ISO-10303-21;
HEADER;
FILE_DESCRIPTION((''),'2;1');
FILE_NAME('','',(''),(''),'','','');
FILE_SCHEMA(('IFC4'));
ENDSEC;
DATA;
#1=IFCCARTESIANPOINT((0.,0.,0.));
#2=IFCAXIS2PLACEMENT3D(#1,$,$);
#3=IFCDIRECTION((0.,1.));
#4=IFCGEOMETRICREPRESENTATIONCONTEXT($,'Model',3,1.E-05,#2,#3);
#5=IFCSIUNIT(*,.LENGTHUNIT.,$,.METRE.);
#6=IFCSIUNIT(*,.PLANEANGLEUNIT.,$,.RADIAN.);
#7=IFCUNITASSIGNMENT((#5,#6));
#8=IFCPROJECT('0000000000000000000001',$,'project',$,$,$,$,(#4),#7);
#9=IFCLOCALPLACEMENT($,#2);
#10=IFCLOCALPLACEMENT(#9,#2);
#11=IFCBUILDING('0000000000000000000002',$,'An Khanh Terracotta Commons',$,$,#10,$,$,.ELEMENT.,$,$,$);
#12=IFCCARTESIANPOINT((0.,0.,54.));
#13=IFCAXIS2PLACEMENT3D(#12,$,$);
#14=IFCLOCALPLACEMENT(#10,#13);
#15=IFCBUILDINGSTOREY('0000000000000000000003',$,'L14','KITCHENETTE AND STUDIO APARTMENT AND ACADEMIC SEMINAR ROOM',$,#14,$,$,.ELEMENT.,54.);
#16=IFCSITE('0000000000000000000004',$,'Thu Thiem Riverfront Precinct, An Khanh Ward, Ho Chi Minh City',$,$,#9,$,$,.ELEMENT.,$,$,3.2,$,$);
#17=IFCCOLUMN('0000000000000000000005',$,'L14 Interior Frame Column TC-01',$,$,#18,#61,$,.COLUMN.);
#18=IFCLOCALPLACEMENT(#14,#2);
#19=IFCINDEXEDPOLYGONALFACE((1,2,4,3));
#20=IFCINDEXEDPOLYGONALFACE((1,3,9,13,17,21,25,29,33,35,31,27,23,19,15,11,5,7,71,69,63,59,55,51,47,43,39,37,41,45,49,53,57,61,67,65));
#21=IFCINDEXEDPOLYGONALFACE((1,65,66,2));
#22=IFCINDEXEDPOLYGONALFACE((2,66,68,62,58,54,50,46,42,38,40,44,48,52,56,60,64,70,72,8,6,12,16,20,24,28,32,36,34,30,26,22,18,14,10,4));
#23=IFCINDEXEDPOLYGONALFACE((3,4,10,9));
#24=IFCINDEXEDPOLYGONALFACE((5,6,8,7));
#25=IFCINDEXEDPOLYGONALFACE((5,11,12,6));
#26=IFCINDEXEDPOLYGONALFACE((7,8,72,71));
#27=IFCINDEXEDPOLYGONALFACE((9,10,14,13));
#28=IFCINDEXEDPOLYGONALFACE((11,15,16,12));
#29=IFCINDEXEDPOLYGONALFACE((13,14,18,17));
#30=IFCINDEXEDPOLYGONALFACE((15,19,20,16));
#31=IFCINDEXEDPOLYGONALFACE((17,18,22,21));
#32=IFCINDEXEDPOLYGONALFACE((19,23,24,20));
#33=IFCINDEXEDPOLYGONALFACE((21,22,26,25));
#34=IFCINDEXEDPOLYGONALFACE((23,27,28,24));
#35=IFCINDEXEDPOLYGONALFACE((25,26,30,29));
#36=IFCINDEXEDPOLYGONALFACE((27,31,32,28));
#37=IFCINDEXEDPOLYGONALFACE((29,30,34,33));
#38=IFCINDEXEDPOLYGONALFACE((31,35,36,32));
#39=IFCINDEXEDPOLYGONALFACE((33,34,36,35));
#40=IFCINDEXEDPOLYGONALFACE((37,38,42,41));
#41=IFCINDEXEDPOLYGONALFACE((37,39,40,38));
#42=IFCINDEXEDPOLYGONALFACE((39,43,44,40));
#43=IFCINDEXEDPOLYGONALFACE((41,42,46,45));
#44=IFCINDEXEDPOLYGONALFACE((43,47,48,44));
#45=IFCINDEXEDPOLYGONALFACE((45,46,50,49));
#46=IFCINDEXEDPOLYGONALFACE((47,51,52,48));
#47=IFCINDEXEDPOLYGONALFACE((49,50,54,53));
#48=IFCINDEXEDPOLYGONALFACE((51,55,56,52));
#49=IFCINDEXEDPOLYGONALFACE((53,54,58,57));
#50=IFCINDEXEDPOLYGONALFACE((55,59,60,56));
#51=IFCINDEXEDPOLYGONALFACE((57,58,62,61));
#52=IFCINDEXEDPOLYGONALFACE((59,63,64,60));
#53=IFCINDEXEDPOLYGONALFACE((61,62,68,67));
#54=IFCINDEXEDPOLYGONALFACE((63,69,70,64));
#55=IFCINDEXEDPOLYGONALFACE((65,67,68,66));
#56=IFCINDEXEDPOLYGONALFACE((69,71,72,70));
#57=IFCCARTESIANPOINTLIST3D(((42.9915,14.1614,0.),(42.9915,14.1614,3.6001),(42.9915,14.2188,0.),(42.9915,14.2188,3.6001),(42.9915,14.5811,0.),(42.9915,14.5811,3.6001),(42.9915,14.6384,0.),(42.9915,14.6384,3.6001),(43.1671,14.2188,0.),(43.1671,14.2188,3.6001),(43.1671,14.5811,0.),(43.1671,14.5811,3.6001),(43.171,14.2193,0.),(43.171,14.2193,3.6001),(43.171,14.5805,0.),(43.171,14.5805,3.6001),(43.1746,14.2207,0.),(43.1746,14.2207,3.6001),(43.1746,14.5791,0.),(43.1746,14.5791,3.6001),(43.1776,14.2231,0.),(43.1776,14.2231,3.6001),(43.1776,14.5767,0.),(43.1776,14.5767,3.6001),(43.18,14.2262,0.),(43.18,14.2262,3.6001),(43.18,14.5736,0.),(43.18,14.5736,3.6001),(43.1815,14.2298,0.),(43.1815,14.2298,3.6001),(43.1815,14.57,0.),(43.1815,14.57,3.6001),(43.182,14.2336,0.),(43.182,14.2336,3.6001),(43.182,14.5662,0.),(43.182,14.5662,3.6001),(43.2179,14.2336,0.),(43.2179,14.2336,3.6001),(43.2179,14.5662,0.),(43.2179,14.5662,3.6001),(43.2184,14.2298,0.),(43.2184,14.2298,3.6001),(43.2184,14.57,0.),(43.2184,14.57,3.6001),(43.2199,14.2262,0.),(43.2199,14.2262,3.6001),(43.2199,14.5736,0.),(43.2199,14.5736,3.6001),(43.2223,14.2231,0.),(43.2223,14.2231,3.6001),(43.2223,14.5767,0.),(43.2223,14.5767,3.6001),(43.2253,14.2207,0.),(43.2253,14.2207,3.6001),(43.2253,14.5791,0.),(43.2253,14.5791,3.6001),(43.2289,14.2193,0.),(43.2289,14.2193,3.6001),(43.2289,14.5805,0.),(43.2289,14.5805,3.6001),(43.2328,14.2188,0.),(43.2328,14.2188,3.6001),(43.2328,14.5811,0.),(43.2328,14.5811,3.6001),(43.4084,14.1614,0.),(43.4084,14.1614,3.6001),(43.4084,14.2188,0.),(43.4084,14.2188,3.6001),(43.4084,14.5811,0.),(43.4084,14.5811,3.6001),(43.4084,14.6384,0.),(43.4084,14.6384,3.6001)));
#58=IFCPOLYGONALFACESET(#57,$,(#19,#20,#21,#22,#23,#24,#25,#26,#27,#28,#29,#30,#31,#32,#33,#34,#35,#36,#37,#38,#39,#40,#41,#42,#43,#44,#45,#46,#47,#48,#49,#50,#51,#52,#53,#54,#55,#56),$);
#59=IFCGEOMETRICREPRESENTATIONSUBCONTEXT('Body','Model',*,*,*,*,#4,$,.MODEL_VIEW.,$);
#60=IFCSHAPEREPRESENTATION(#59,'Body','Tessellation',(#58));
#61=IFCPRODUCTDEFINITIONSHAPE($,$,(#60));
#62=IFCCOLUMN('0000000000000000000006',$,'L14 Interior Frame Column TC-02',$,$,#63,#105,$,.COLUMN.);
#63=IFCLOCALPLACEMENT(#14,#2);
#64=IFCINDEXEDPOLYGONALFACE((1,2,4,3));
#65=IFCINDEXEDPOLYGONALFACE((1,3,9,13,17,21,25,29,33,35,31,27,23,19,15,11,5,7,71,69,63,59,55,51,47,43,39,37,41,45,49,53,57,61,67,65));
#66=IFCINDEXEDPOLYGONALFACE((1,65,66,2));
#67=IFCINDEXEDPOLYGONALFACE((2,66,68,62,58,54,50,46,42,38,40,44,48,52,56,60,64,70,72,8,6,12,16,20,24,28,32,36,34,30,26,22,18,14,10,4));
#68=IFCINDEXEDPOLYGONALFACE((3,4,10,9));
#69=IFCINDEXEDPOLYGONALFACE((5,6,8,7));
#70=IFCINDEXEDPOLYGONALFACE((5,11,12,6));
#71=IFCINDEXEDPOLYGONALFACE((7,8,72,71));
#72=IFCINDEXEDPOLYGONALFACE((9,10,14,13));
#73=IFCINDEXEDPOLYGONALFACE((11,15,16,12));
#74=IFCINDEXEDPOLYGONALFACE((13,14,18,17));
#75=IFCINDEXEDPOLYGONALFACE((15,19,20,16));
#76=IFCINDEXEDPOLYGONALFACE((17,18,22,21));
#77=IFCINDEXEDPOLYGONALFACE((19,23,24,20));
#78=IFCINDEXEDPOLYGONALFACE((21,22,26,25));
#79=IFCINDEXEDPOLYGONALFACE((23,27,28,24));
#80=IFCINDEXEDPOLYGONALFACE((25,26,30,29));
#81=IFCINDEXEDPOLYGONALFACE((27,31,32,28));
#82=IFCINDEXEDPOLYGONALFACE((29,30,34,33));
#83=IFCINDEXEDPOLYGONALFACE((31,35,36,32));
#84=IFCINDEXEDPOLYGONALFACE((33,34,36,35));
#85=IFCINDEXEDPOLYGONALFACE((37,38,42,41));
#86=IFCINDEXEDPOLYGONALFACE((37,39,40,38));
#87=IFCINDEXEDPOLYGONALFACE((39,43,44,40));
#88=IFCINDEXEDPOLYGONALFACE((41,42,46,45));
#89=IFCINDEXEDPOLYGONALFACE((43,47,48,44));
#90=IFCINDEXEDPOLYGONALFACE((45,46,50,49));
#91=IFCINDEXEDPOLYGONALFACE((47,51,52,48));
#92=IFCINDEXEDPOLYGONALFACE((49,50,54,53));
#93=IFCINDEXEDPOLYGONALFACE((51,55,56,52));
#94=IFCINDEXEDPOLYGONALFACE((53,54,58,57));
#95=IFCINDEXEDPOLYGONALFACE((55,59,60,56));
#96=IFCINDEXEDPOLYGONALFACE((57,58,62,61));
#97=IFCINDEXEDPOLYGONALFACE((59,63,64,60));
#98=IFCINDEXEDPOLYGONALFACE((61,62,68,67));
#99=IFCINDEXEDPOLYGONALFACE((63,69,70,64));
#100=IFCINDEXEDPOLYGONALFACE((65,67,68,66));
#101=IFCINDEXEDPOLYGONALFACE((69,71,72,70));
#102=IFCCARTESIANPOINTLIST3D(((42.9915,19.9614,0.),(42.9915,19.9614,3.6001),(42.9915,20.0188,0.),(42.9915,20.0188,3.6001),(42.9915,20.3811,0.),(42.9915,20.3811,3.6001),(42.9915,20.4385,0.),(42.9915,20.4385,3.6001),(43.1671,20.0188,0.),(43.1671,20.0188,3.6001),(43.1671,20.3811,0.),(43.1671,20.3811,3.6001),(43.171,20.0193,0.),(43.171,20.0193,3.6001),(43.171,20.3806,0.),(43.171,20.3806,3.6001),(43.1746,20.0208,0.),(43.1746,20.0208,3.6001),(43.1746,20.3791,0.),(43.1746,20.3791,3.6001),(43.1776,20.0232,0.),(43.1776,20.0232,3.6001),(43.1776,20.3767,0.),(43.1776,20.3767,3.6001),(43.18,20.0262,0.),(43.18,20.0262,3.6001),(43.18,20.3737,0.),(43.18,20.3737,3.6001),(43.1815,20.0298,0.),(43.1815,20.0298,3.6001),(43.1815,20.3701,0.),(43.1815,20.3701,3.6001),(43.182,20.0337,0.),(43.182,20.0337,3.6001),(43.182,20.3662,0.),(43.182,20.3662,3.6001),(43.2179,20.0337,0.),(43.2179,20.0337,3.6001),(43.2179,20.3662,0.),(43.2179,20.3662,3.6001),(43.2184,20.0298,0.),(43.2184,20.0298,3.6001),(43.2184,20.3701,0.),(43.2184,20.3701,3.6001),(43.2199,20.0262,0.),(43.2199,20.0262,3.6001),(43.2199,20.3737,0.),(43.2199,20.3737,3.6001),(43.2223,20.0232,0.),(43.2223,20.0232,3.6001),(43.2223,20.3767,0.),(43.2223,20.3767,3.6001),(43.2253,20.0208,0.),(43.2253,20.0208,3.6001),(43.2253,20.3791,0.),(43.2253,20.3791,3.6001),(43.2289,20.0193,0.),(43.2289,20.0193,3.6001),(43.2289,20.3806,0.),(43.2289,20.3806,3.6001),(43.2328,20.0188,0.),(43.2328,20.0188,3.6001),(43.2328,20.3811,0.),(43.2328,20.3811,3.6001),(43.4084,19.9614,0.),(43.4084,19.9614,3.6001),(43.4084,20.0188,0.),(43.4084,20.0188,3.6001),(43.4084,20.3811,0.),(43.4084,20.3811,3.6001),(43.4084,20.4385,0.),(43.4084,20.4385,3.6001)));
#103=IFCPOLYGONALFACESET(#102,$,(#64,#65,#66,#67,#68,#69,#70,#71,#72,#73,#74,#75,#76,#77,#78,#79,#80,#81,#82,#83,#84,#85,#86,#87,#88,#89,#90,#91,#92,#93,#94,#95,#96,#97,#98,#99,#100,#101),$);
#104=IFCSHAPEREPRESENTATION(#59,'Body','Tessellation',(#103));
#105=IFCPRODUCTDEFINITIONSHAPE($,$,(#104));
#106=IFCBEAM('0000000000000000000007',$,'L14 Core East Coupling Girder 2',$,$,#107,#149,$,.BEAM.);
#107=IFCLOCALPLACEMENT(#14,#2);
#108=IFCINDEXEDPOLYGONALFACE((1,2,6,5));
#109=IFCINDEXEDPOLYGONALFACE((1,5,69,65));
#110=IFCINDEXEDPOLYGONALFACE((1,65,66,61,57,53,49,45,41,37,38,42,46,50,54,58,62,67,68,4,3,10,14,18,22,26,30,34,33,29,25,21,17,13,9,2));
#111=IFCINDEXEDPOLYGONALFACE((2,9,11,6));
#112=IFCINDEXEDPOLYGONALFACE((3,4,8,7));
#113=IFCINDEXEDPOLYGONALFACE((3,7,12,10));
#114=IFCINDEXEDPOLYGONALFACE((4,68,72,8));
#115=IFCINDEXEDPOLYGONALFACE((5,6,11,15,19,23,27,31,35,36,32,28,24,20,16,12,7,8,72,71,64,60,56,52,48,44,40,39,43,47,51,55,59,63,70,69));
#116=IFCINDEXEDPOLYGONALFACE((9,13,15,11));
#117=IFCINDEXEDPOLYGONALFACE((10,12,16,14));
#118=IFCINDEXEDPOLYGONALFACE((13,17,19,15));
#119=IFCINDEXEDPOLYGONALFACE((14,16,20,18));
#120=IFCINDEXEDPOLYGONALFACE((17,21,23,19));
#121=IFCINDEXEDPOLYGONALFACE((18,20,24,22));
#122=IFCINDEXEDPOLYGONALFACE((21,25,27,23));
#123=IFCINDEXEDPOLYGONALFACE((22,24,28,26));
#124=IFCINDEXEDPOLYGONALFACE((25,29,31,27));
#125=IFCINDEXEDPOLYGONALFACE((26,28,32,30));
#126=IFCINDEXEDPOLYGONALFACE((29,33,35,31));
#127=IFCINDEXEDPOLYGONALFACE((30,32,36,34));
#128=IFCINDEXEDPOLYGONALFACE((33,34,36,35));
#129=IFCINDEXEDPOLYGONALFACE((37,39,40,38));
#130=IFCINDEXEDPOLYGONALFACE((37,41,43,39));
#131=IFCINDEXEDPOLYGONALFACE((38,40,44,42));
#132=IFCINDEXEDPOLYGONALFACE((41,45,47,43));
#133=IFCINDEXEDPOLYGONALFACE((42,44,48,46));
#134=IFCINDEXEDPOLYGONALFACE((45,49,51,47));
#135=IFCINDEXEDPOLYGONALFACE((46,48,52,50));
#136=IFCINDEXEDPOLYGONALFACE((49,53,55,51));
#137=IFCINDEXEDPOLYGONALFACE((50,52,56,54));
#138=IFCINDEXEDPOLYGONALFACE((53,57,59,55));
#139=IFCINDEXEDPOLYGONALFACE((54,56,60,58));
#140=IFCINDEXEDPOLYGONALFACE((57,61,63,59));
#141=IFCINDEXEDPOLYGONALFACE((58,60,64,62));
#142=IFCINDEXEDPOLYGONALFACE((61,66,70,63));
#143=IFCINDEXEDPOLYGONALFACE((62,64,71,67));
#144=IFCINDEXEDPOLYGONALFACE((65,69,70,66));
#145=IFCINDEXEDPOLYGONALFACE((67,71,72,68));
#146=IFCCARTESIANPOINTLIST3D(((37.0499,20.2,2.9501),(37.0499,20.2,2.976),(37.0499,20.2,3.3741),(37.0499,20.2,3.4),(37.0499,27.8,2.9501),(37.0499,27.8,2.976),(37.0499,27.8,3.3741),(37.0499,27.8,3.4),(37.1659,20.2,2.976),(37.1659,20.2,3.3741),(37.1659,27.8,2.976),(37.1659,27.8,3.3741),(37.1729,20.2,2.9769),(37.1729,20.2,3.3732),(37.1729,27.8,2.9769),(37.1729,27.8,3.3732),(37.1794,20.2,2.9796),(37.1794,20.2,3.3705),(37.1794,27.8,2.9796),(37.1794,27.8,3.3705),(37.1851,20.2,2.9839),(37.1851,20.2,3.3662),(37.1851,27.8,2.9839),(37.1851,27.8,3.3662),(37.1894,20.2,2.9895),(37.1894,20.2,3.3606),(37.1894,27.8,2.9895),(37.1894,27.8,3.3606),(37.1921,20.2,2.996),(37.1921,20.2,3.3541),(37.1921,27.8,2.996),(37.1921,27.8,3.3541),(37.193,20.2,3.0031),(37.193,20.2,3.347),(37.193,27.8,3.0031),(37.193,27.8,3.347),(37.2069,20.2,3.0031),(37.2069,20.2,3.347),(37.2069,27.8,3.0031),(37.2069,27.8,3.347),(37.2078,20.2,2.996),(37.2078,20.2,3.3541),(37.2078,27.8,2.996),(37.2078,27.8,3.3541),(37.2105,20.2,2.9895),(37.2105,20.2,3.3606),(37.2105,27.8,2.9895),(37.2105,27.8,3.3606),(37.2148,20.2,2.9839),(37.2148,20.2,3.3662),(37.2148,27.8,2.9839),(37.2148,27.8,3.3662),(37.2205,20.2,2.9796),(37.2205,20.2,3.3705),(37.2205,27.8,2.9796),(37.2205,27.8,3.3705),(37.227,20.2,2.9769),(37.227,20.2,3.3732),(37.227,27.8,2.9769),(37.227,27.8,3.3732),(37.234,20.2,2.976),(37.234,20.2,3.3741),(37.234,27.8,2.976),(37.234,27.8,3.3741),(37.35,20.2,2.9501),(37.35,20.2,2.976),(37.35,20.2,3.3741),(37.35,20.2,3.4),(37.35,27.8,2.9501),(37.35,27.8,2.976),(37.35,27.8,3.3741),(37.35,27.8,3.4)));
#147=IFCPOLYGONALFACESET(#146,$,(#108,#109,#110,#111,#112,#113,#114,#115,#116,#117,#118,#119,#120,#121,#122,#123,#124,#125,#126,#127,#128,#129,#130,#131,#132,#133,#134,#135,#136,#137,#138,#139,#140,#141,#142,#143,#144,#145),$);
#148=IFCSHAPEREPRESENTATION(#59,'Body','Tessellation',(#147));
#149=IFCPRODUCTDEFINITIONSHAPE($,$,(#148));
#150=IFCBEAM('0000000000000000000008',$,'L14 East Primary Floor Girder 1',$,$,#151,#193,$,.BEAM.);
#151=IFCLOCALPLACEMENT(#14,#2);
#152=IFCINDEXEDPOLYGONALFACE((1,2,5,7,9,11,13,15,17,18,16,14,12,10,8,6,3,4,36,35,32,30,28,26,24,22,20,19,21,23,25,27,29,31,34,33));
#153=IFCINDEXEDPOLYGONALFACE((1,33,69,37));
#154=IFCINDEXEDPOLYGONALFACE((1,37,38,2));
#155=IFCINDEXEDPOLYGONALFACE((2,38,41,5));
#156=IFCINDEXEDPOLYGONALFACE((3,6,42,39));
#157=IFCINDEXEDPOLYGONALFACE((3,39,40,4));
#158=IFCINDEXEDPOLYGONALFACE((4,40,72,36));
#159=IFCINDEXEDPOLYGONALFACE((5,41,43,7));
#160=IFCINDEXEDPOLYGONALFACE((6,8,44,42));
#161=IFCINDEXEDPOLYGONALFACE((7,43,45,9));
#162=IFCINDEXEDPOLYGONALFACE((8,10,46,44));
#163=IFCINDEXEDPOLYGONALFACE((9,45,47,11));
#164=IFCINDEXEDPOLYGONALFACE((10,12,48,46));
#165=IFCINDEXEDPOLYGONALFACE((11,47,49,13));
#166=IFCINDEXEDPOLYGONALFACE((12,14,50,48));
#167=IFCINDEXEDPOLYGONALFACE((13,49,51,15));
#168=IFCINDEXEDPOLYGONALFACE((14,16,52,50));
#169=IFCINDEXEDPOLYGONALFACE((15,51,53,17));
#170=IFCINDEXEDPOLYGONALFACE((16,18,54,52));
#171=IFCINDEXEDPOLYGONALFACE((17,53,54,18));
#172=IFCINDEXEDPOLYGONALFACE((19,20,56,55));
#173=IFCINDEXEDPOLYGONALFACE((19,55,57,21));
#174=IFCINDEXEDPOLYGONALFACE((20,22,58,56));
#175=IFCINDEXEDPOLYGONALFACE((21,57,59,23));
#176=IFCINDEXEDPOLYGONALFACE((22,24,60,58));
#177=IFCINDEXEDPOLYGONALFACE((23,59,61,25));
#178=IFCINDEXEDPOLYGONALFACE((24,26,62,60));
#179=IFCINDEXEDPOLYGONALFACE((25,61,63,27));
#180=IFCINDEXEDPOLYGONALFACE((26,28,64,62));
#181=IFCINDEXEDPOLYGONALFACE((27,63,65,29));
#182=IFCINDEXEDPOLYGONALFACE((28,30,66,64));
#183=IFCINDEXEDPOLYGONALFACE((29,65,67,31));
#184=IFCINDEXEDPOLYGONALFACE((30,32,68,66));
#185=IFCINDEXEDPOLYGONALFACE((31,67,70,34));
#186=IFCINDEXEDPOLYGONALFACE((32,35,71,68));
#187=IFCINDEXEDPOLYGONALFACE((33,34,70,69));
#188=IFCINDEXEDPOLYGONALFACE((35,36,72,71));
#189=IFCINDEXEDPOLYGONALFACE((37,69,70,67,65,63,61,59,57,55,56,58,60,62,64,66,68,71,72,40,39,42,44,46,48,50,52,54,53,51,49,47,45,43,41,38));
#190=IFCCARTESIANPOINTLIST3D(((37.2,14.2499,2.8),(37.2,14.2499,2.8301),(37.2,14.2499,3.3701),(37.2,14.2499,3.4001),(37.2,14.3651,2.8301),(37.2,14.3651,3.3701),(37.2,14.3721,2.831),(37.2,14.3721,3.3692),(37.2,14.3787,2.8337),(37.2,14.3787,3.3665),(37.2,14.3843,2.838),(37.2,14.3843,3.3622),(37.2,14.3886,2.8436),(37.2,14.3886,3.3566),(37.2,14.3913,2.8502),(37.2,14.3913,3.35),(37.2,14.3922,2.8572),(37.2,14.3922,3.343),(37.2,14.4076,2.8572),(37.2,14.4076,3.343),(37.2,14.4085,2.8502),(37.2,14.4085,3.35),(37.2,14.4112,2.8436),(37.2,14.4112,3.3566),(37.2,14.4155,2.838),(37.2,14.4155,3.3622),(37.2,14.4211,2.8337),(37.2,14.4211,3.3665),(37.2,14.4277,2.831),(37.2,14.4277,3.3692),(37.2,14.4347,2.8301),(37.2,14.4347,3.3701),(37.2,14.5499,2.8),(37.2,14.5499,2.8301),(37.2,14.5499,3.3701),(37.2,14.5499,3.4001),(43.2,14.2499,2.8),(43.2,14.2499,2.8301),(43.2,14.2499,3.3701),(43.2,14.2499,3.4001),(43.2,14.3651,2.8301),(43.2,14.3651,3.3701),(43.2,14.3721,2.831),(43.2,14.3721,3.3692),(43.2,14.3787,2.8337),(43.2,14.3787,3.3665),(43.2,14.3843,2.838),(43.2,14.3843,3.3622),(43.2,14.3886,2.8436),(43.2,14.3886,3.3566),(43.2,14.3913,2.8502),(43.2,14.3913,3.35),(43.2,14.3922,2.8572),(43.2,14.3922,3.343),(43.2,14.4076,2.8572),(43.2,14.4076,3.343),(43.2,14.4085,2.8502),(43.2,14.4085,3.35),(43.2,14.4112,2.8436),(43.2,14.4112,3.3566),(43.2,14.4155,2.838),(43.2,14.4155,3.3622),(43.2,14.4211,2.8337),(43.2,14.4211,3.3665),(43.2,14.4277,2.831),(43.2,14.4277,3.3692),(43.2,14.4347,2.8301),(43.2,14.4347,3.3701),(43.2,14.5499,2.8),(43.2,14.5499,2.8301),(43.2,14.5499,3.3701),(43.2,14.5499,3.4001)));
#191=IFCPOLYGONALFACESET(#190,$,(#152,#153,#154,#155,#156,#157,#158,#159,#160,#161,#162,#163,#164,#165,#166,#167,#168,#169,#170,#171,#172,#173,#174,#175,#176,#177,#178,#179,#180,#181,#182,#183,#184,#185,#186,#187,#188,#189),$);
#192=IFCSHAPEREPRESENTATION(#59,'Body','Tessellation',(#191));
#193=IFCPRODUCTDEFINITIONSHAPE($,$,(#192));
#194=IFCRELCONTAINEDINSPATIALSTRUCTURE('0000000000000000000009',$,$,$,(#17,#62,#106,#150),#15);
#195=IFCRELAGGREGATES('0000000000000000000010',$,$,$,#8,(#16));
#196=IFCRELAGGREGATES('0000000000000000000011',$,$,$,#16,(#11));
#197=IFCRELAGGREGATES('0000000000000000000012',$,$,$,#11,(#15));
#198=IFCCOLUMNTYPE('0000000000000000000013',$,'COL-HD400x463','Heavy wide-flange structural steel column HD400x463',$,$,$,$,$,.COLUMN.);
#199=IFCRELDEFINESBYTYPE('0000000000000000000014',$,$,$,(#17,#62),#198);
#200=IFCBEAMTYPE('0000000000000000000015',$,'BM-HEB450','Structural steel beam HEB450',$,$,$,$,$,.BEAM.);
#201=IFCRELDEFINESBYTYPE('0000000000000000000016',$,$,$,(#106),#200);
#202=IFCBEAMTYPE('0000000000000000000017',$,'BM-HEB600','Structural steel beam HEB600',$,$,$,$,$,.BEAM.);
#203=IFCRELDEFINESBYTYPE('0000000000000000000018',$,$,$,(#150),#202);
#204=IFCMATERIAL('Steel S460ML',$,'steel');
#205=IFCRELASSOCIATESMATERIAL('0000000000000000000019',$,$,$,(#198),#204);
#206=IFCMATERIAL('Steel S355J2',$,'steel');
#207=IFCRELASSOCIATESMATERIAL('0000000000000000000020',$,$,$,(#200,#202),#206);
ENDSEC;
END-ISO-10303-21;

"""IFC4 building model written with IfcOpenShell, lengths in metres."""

from ifc_helpers import new_model, si_unit, direction, frame, origin, origin_2d, place, context, subcontext, project, spatial, i_section, extrude, material, material_profile, profile_set, type_object, element, save


model = new_model("IFC4")

# Units and contexts
model_context = context("Model", 3, precision=1e-05, world=origin(), true_north=direction((0.0, 1.0)))
body_context = subcontext(model_context, "Body", "Model", "MODEL_VIEW")
ifc_project = project(units=[si_unit("LENGTHUNIT", "METRE"), si_unit("PLANEANGLEUNIT", "RADIAN")], contexts=[model_context])

# Site, building, storey
site_placement = place(None, origin())
site = spatial("IfcSite", under=ifc_project, at=site_placement, Name="Thu Thiem Riverfront Precinct, An Khanh Ward, Ho Chi Minh City", CompositionType="ELEMENT", RefElevation=3.2)
building_placement = place(site_placement, origin())
building = spatial("IfcBuilding", under=site, at=building_placement, Name="An Khanh Terracotta Commons", CompositionType="ELEMENT")
storey_placement = place(building_placement, frame((0.0, 0.0, 54.0)))
storey = spatial("IfcBuildingStorey", under=building, at=storey_placement, Name="L14", Description="KITCHENETTE AND STUDIO APARTMENT AND ACADEMIC SEMINAR ROOM", CompositionType="ELEMENT", Elevation=54.0)

# Columns
ifc_material_1 = material(Name="Steel S460ML", Category="steel")
ifc_material_profile_1 = material_profile(ifc_material_1, i_section(OverallWidth=0.417, OverallDepth=0.4771, WebThickness=0.0359, FlangeThickness=0.0574, FilletRadius=0.0149, at=origin_2d()), Name="HD400x463")
ifc_profile_set_1 = profile_set([ifc_material_profile_1], Name="Steel S460ML")
column_type = type_object("IfcColumnType", Name="COL-HD400x463", Description="Heavy wide-flange structural steel column HD400x463", PredefinedType="COLUMN", material=ifc_profile_set_1)
for number, where, z_axis, x_axis, name in (
    (1, (43.2, 14.3999, 0.0), (0.0, 0.0, 1.0), (1.0, 0.0, 0.0), "L14 Interior Frame Column TC-01"),
    (2, (43.2, 20.2, 0.0), (0.0, 0.0, 1.0), (1.0, 0.0, 0.0), "L14 Interior Frame Column TC-02"),
):
    element("IfcColumn", number, at=place(storey_placement, frame(where, z_axis=z_axis, x_axis=x_axis)), inside=storey, type_object=column_type, Name=name, PredefinedType="COLUMN", context=body_context, shape_type="SweptSolid", body=[
        extrude(i_section(OverallWidth=0.417, OverallDepth=0.4771, WebThickness=0.0359, FlangeThickness=0.0574, FilletRadius=0.0149, at=origin_2d()), origin(), (0.0, 0.0, 1.0), 3.6001),
    ])

# Beams
ifc_material_2 = material(Name="Steel S355J2", Category="steel")
ifc_material_profile_2 = material_profile(ifc_material_2, i_section(OverallWidth=0.3, OverallDepth=0.45, WebThickness=0.0139, FlangeThickness=0.0259, FilletRadius=0.0271, at=origin_2d()), Name="HEB450")
ifc_profile_set_2 = profile_set([ifc_material_profile_2], Name="Steel S355J2")
beam_type_1 = type_object("IfcBeamType", Name="BM-HEB450", Description="Structural steel beam HEB450", PredefinedType="BEAM", material=ifc_profile_set_2)
beam_1_placement = place(storey_placement, frame((37.2, 20.2, 3.175), z_axis=(0.0, 1.0, 0.0), x_axis=(-1.0, 0.0, 0.0)))
element("IfcBeam", 3, at=beam_1_placement, inside=storey, type_object=beam_type_1, Name="L14 Core East Coupling Girder 2", PredefinedType="BEAM", context=body_context, shape_type="SweptSolid", body=[
    extrude(i_section(OverallWidth=0.3, OverallDepth=0.45, WebThickness=0.0139, FlangeThickness=0.0259, FilletRadius=0.0271, at=origin_2d()), origin(), (0.0, 0.0, 1.0), 7.6001),
])
ifc_material_profile_3 = material_profile(ifc_material_2, i_section(OverallWidth=0.3, OverallDepth=0.6001, WebThickness=0.0154, FlangeThickness=0.03, FilletRadius=0.0271, at=origin_2d()), Name="HEB600")
ifc_profile_set_3 = profile_set([ifc_material_profile_3], Name="Steel S355J2")
beam_type_2 = type_object("IfcBeamType", Name="BM-HEB600", Description="Structural steel beam HEB600", PredefinedType="BEAM", material=ifc_profile_set_3)
for number, where, z_axis, x_axis, name in (
    (4, (37.2, 14.3999, 3.1001), (1.0, 0.0, 0.0), (0.0, 1.0, 0.0), "L14 East Primary Floor Girder 1"),
):
    element("IfcBeam", number, at=place(storey_placement, frame(where, z_axis=z_axis, x_axis=x_axis)), inside=storey, type_object=beam_type_2, Name=name, PredefinedType="BEAM", context=body_context, shape_type="SweptSolid", body=[
        extrude(i_section(OverallWidth=0.3, OverallDepth=0.6001, WebThickness=0.0154, FlangeThickness=0.03, FilletRadius=0.0271, at=origin_2d()), origin(), (0.0, 0.0, 1.0), 6.0),
    ])

save(model, "model.ifc")
